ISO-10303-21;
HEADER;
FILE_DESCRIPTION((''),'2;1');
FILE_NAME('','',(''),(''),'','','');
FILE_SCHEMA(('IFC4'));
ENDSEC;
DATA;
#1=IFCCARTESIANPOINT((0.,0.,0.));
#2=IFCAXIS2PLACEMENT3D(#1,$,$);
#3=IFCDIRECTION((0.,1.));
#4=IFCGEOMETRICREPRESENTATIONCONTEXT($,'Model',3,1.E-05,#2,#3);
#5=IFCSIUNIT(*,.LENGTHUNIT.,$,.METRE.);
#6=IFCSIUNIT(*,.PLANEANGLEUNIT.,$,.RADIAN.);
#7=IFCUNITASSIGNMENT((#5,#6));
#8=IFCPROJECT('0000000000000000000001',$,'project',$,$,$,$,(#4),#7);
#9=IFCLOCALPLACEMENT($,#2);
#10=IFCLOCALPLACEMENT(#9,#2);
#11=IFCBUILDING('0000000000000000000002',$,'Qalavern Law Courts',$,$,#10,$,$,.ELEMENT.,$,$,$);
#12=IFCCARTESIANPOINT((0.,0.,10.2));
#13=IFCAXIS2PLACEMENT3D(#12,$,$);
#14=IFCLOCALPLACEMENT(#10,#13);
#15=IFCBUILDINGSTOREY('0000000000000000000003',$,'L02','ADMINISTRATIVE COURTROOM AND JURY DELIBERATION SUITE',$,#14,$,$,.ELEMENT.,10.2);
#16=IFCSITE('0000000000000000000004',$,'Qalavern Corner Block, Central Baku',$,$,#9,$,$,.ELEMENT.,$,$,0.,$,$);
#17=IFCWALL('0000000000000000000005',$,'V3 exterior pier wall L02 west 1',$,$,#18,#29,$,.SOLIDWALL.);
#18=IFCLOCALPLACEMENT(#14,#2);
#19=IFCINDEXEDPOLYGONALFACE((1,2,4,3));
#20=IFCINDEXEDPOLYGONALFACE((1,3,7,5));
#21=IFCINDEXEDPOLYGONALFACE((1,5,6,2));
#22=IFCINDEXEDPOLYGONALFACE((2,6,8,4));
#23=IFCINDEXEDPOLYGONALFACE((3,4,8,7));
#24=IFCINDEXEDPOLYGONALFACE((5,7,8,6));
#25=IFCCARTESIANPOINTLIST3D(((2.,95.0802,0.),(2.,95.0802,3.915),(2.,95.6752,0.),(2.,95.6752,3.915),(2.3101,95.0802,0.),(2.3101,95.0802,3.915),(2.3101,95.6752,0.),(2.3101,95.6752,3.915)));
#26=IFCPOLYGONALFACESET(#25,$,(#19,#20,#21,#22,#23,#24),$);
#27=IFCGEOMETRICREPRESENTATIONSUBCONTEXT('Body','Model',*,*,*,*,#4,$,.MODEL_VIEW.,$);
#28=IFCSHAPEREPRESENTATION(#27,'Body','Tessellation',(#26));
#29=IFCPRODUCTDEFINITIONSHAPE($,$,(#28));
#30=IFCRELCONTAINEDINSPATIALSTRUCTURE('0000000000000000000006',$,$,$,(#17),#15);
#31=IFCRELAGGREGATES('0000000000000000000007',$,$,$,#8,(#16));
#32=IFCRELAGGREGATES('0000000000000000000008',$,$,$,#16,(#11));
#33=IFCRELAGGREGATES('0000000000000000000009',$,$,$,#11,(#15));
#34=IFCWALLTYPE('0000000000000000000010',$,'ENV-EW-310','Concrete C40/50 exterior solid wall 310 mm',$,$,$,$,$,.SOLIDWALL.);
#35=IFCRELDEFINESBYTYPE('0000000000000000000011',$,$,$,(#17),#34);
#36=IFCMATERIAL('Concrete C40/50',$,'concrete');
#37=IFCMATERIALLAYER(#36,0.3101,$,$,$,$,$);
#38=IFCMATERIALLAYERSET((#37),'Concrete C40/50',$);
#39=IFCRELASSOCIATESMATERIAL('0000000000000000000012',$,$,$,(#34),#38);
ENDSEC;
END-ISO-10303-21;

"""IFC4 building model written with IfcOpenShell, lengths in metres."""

from ifc_helpers import new_model, si_unit, direction, frame, frame_2d, origin, place, context, subcontext, project, spatial, rectangle, extrude, material, layer, layer_set, type_object, element, save


model = new_model("IFC4")

# Units and contexts
model_context = context("Model", 3, precision=1e-05, world=origin(), true_north=direction((0.0, 1.0)))
body_context = subcontext(model_context, "Body", "Model", "MODEL_VIEW")
ifc_project = project(units=[si_unit("LENGTHUNIT", "METRE"), si_unit("PLANEANGLEUNIT", "RADIAN")], contexts=[model_context])

# Site, building, storey
site_placement = place(None, origin())
site = spatial("IfcSite", under=ifc_project, at=site_placement, Name="Qalavern Corner Block, Central Baku", CompositionType="ELEMENT", RefElevation=0.0)
building_placement = place(site_placement, origin())
building = spatial("IfcBuilding", under=site, at=building_placement, Name="Qalavern Law Courts", CompositionType="ELEMENT")
storey_placement = place(building_placement, frame((0.0, 0.0, 10.2)))
storey = spatial("IfcBuildingStorey", under=building, at=storey_placement, Name="L02", Description="ADMINISTRATIVE COURTROOM AND JURY DELIBERATION SUITE", CompositionType="ELEMENT", Elevation=10.2)

# Shared definitions
ifc_material_1 = material(Name="Concrete C40/50", Category="concrete")

# Wall
ifc_layer_1 = layer(ifc_material_1, 0.3101)
ifc_layer_set_1 = layer_set([ifc_layer_1], Name="Concrete C40/50")
wall_type = type_object("IfcWallType", Name="ENV-EW-310", Description="Concrete C40/50 exterior solid wall 310 mm", PredefinedType="SOLIDWALL", material=ifc_layer_set_1)
wall_1_placement = place(storey_placement, frame((2.155, 95.675, 0.0), z_axis=(0.0, 0.0, 1.0), x_axis=(0.0, -1.0, 0.0)))
element("IfcWall", 1, at=wall_1_placement, inside=storey, type_object=wall_type, Name="V3 exterior pier wall L02 west 1", PredefinedType="SOLIDWALL", context=body_context, shape_type="SweptSolid", body=[
    extrude(rectangle(XDim=0.595, YDim=0.3101, at=frame_2d((0.2974, 0.0))), origin(), (0.0, 0.0, 1.0), 3.915),
])

save(model, "model.ifc")
